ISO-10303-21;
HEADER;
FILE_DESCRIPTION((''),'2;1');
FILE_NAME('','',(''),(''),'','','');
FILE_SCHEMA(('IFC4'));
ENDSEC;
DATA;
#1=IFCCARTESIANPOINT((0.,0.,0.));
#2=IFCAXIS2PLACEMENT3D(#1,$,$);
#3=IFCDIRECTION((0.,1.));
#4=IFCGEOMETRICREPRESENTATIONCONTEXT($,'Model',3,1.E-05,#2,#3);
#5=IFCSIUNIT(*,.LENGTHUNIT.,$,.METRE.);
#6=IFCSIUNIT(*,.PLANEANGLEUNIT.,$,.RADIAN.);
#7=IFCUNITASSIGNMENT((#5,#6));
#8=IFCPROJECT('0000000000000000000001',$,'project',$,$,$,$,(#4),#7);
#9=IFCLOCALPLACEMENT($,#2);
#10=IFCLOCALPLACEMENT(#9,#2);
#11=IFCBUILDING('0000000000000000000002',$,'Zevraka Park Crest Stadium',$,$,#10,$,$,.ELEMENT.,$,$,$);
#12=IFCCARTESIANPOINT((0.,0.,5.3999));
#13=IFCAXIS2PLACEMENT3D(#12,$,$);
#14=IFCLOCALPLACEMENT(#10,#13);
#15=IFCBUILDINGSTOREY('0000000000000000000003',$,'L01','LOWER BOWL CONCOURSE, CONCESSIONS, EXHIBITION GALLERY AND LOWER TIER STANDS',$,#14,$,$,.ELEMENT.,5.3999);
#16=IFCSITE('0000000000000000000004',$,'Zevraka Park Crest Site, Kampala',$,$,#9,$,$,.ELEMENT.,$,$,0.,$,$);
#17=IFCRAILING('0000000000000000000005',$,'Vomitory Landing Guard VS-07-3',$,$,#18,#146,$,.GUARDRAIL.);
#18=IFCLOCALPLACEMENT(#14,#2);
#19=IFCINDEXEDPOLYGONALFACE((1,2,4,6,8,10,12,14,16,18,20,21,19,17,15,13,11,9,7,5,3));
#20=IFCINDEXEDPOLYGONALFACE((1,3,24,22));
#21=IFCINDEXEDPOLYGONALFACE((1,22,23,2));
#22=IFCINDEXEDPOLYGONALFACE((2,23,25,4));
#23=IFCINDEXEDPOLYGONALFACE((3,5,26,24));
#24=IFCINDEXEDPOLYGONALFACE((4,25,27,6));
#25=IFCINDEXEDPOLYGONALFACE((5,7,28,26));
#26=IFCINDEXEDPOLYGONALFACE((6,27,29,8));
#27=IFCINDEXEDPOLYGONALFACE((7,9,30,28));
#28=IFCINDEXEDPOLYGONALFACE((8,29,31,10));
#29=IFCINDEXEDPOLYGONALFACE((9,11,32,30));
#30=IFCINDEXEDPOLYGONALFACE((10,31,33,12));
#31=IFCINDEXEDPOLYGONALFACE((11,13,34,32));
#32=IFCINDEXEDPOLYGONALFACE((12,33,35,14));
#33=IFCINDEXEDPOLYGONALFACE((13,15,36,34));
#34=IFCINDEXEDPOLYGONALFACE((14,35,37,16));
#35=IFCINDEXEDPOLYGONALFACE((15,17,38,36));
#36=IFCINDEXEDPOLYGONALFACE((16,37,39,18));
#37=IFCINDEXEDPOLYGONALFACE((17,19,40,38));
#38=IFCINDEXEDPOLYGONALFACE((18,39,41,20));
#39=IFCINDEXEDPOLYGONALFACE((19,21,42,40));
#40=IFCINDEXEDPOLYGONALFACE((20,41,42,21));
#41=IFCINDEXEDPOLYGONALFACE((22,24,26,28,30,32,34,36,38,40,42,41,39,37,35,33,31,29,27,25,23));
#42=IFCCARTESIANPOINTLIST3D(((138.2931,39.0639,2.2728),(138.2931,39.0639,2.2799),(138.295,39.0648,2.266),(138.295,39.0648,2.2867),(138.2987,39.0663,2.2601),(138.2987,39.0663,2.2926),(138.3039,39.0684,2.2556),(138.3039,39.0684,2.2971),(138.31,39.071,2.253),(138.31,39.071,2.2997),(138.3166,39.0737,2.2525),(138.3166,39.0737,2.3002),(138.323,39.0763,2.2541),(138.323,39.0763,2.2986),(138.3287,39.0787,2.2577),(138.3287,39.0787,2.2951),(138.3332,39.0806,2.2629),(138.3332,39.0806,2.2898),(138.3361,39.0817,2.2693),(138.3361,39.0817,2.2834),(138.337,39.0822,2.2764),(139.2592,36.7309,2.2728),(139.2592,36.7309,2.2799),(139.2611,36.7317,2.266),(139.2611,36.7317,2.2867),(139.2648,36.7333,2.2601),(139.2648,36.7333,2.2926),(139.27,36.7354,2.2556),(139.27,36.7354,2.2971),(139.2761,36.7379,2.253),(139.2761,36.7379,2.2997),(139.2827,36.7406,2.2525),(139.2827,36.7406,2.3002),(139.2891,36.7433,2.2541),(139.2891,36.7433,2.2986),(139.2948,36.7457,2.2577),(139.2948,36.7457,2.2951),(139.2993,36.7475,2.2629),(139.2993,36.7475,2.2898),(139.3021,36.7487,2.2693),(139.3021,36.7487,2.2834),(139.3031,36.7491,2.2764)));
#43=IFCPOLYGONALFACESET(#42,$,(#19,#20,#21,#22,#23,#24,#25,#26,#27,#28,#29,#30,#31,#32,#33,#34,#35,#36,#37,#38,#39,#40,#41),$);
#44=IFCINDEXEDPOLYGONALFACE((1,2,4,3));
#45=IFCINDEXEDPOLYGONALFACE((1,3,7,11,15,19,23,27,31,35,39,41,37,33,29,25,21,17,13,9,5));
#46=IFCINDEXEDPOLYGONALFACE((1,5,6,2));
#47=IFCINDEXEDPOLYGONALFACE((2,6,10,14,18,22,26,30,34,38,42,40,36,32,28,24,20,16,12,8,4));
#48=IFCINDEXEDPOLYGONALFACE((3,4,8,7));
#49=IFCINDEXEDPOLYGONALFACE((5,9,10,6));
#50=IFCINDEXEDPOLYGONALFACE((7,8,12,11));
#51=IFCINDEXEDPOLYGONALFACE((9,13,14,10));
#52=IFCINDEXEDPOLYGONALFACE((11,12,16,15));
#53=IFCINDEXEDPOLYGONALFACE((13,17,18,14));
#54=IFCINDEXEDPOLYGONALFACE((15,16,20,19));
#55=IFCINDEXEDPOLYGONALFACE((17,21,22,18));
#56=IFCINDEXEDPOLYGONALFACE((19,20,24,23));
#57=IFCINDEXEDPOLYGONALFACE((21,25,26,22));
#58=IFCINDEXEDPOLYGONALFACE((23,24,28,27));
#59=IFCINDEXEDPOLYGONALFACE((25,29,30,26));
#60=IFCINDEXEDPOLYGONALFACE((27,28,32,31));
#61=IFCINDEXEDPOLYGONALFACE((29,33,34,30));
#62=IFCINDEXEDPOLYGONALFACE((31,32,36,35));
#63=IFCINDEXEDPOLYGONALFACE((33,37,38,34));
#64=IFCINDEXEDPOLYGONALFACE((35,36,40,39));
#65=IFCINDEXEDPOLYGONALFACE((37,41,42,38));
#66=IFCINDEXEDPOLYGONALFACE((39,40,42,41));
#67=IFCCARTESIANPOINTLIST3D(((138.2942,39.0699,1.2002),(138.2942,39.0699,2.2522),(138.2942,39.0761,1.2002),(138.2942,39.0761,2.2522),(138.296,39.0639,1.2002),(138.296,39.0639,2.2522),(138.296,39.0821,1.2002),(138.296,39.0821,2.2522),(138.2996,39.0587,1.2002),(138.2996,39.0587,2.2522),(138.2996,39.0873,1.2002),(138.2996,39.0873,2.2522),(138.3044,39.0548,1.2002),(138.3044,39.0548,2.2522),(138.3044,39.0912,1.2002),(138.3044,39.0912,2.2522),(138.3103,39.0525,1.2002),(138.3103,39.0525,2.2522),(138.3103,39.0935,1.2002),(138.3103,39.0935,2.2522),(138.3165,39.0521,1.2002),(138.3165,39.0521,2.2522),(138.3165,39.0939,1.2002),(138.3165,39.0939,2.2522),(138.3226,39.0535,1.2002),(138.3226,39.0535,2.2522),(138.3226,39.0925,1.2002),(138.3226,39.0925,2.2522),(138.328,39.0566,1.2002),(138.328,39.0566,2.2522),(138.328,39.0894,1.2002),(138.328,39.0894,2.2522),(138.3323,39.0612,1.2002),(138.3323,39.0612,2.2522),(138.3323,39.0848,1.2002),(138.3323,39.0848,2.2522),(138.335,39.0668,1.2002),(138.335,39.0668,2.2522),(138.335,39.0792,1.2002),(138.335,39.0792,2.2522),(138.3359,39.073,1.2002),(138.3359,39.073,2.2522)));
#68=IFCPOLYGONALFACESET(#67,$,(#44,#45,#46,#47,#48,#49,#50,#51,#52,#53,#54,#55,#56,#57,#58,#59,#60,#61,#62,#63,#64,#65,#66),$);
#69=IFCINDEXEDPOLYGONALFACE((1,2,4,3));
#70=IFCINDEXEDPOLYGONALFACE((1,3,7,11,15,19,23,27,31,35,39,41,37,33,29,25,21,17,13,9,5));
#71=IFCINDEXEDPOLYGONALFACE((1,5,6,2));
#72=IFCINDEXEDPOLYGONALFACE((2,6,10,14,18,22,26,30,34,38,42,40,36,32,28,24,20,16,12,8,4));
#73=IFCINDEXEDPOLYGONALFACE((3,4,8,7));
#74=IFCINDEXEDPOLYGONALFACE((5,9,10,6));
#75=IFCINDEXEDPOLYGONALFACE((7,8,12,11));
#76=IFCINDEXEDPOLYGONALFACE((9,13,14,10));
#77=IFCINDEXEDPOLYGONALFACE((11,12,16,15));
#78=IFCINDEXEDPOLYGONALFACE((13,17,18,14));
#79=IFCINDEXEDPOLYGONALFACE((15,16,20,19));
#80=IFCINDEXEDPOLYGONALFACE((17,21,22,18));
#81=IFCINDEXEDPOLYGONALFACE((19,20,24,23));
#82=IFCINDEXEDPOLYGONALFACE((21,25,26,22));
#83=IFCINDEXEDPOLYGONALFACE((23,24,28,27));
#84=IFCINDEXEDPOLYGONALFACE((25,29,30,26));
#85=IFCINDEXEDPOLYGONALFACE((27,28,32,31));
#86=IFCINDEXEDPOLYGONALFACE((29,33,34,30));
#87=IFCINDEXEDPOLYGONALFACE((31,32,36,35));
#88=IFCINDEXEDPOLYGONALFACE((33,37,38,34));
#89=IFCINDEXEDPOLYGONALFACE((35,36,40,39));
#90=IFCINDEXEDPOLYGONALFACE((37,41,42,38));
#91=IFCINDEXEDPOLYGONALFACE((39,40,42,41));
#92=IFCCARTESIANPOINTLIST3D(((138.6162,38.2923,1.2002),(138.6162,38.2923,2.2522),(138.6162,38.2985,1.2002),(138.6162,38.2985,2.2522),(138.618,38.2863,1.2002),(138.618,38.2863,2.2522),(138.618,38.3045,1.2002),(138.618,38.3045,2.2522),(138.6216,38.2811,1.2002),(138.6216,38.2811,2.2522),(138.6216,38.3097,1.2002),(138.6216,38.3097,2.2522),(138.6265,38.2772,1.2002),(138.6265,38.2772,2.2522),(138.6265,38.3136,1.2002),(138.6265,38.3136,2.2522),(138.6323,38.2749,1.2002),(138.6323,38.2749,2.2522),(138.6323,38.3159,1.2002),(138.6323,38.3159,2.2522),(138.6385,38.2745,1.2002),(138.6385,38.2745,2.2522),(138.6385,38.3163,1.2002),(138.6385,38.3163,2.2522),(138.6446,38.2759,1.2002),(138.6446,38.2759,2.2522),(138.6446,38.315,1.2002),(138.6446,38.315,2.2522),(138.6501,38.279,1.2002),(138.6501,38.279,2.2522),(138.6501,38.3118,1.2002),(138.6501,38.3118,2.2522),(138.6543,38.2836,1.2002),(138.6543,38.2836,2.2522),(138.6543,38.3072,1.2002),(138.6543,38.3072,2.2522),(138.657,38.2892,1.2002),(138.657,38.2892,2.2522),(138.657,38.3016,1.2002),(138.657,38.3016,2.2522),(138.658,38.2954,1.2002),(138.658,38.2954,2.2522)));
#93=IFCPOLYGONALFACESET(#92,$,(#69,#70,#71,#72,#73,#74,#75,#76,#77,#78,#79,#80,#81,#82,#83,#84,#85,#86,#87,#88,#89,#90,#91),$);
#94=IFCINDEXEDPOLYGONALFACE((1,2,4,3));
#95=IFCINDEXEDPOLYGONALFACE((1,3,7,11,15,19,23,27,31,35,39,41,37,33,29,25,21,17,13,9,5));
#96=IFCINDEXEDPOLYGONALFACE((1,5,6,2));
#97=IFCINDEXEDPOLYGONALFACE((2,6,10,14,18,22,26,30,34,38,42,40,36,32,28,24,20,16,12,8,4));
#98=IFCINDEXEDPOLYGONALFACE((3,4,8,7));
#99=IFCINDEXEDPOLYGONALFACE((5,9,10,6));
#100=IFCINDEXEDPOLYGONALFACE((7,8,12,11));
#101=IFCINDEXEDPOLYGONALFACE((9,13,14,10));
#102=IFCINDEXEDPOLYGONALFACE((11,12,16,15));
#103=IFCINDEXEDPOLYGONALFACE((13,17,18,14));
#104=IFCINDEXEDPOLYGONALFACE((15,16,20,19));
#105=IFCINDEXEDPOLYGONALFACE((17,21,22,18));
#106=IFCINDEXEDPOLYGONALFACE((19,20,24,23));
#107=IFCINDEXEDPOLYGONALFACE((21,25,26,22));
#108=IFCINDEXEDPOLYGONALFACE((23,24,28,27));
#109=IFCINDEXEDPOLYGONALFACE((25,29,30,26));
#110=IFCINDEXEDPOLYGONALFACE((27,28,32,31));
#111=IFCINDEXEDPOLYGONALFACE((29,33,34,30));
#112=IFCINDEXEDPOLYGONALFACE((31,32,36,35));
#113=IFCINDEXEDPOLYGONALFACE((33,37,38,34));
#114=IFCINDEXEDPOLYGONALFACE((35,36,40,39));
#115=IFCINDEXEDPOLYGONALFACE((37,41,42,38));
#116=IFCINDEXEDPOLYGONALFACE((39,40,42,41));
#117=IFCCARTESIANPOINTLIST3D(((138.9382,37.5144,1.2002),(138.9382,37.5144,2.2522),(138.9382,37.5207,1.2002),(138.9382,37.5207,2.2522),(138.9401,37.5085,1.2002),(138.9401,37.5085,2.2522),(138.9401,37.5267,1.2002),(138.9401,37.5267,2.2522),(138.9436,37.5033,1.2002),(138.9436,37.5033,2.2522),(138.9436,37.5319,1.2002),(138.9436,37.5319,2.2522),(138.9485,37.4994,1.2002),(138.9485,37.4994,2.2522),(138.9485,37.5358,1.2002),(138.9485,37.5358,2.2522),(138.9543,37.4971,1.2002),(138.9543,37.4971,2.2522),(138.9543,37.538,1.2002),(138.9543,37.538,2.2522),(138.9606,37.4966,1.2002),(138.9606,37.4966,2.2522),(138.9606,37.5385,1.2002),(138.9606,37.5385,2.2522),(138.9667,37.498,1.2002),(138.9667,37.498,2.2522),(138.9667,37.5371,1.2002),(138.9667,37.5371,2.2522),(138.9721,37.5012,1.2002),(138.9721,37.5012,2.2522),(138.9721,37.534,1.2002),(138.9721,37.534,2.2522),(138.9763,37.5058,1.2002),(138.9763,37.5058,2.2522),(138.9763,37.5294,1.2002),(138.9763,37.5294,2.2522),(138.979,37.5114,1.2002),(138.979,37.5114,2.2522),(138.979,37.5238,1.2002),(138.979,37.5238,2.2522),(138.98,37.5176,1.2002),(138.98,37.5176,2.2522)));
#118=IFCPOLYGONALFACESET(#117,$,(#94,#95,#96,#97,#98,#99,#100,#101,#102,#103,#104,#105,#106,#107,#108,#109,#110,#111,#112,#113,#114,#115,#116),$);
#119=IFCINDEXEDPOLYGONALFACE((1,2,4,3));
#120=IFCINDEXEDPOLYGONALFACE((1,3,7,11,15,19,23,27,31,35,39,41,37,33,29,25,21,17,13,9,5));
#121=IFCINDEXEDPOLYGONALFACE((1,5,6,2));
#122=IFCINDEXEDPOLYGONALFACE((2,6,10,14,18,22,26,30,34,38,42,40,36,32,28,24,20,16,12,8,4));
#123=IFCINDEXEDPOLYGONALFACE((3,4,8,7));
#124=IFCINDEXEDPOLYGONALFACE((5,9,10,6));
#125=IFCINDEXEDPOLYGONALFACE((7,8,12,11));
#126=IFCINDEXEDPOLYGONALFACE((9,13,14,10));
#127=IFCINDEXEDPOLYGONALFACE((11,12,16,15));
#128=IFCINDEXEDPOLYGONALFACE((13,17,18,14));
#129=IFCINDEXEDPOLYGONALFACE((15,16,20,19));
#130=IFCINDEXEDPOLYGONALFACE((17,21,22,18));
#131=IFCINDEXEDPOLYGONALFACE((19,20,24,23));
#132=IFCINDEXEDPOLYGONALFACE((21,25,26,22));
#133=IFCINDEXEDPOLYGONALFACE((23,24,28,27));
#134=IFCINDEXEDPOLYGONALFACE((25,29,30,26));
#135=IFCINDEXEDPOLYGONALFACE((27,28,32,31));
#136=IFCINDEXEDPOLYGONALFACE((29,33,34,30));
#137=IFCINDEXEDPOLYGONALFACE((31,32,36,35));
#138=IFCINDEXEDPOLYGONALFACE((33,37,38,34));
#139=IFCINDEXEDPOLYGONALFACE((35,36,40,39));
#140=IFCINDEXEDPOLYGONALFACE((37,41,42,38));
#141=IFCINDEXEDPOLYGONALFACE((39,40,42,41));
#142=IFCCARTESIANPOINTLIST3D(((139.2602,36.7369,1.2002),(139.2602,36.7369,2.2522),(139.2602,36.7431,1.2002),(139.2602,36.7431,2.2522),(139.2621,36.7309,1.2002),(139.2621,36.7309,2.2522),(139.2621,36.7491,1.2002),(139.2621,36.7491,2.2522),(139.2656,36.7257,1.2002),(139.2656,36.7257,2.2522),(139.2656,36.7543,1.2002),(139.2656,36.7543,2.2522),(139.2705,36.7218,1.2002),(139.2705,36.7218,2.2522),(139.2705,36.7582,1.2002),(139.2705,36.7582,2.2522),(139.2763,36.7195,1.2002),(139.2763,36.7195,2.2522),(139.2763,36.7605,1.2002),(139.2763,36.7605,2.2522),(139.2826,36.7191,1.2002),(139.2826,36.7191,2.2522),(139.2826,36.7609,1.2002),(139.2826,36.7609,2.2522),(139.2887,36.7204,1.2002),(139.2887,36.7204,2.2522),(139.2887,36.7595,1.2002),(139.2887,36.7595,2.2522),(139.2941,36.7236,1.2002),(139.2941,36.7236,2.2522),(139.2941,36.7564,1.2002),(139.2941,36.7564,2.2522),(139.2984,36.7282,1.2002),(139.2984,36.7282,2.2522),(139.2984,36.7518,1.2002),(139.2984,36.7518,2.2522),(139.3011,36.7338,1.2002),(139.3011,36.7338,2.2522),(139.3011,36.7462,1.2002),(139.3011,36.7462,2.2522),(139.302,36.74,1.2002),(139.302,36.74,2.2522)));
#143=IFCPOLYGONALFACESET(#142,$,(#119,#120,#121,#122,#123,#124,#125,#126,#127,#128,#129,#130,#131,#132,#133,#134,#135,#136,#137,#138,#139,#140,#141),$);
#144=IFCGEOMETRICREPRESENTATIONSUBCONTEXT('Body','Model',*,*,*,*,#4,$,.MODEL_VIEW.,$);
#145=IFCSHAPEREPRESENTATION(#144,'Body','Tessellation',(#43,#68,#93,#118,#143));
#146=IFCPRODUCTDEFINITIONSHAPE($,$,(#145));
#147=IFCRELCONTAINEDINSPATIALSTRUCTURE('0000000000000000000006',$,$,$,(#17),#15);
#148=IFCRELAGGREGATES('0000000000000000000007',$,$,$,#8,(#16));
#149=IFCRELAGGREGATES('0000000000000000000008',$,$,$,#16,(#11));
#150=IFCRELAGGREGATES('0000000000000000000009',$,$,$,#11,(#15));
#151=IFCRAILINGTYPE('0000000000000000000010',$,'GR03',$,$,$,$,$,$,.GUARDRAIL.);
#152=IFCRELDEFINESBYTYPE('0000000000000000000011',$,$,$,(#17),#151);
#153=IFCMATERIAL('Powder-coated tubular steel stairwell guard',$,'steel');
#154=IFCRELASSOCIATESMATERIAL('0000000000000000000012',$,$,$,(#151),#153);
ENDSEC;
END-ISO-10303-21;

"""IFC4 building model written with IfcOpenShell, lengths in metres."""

from ifc_helpers import new_model, si_unit, direction, frame, origin, origin_2d, place, context, subcontext, project, spatial, circle, extrude, material, type_object, element, save


model = new_model("IFC4")

# Units and contexts
model_context = context("Model", 3, precision=1e-05, world=origin(), true_north=direction((0.0, 1.0)))
body_context = subcontext(model_context, "Body", "Model", "MODEL_VIEW")
ifc_project = project(units=[si_unit("LENGTHUNIT", "METRE"), si_unit("PLANEANGLEUNIT", "RADIAN")], contexts=[model_context])

# Site, building, storey
site_placement = place(None, origin())
site = spatial("IfcSite", under=ifc_project, at=site_placement, Name="Zevraka Park Crest Site, Kampala", CompositionType="ELEMENT", RefElevation=0.0)
building_placement = place(site_placement, origin())
building = spatial("IfcBuilding", under=site, at=building_placement, Name="Zevraka Park Crest Stadium", CompositionType="ELEMENT")
storey_placement = place(building_placement, frame((0.0, 0.0, 5.3999)))
storey = spatial("IfcBuildingStorey", under=building, at=storey_placement, Name="L01", Description="LOWER BOWL CONCOURSE, CONCESSIONS, EXHIBITION GALLERY AND LOWER TIER STANDS", CompositionType="ELEMENT", Elevation=5.3999)

# Railing
ifc_material_1 = material(Name="Powder-coated tubular steel stairwell guard", Category="steel")
railing_type_1 = type_object("IfcRailingType", Name="GR03", PredefinedType="GUARDRAIL", material=ifc_material_1)
railing_1_placement = place(storey_placement, frame((138.3149, 39.073, 1.2002)))
element("IfcRailing", 1, at=railing_1_placement, inside=storey, type_object=railing_type_1, Name="Vomitory Landing Guard VS-07-3", PredefinedType="GUARDRAIL", context=body_context, shape_type="SweptSolid", body=[
    extrude(circle(Radius=0.0239, at=origin_2d()), frame((0.0, 0.0, 1.0762), z_axis=(0.382582, -0.923921, 0.0), x_axis=(0.923921, 0.382582, 0.0)), (0.0, 0.0, 1.0), 2.5251),
    extrude(circle(Radius=0.021, at=origin_2d()), origin(), (0.0, 0.0, 1.0), 1.052),
    extrude(circle(Radius=0.021, at=origin_2d()), frame((0.322, -0.7776, 0.0)), (0.0, 0.0, 1.0), 1.052),
    extrude(circle(Radius=0.021, at=origin_2d()), frame((0.644, -1.5554, 0.0)), (0.0, 0.0, 1.0), 1.052),
    extrude(circle(Radius=0.021, at=origin_2d()), frame((0.9661, -2.333, 0.0)), (0.0, 0.0, 1.0), 1.052),
])

save(model, "model.ifc")
